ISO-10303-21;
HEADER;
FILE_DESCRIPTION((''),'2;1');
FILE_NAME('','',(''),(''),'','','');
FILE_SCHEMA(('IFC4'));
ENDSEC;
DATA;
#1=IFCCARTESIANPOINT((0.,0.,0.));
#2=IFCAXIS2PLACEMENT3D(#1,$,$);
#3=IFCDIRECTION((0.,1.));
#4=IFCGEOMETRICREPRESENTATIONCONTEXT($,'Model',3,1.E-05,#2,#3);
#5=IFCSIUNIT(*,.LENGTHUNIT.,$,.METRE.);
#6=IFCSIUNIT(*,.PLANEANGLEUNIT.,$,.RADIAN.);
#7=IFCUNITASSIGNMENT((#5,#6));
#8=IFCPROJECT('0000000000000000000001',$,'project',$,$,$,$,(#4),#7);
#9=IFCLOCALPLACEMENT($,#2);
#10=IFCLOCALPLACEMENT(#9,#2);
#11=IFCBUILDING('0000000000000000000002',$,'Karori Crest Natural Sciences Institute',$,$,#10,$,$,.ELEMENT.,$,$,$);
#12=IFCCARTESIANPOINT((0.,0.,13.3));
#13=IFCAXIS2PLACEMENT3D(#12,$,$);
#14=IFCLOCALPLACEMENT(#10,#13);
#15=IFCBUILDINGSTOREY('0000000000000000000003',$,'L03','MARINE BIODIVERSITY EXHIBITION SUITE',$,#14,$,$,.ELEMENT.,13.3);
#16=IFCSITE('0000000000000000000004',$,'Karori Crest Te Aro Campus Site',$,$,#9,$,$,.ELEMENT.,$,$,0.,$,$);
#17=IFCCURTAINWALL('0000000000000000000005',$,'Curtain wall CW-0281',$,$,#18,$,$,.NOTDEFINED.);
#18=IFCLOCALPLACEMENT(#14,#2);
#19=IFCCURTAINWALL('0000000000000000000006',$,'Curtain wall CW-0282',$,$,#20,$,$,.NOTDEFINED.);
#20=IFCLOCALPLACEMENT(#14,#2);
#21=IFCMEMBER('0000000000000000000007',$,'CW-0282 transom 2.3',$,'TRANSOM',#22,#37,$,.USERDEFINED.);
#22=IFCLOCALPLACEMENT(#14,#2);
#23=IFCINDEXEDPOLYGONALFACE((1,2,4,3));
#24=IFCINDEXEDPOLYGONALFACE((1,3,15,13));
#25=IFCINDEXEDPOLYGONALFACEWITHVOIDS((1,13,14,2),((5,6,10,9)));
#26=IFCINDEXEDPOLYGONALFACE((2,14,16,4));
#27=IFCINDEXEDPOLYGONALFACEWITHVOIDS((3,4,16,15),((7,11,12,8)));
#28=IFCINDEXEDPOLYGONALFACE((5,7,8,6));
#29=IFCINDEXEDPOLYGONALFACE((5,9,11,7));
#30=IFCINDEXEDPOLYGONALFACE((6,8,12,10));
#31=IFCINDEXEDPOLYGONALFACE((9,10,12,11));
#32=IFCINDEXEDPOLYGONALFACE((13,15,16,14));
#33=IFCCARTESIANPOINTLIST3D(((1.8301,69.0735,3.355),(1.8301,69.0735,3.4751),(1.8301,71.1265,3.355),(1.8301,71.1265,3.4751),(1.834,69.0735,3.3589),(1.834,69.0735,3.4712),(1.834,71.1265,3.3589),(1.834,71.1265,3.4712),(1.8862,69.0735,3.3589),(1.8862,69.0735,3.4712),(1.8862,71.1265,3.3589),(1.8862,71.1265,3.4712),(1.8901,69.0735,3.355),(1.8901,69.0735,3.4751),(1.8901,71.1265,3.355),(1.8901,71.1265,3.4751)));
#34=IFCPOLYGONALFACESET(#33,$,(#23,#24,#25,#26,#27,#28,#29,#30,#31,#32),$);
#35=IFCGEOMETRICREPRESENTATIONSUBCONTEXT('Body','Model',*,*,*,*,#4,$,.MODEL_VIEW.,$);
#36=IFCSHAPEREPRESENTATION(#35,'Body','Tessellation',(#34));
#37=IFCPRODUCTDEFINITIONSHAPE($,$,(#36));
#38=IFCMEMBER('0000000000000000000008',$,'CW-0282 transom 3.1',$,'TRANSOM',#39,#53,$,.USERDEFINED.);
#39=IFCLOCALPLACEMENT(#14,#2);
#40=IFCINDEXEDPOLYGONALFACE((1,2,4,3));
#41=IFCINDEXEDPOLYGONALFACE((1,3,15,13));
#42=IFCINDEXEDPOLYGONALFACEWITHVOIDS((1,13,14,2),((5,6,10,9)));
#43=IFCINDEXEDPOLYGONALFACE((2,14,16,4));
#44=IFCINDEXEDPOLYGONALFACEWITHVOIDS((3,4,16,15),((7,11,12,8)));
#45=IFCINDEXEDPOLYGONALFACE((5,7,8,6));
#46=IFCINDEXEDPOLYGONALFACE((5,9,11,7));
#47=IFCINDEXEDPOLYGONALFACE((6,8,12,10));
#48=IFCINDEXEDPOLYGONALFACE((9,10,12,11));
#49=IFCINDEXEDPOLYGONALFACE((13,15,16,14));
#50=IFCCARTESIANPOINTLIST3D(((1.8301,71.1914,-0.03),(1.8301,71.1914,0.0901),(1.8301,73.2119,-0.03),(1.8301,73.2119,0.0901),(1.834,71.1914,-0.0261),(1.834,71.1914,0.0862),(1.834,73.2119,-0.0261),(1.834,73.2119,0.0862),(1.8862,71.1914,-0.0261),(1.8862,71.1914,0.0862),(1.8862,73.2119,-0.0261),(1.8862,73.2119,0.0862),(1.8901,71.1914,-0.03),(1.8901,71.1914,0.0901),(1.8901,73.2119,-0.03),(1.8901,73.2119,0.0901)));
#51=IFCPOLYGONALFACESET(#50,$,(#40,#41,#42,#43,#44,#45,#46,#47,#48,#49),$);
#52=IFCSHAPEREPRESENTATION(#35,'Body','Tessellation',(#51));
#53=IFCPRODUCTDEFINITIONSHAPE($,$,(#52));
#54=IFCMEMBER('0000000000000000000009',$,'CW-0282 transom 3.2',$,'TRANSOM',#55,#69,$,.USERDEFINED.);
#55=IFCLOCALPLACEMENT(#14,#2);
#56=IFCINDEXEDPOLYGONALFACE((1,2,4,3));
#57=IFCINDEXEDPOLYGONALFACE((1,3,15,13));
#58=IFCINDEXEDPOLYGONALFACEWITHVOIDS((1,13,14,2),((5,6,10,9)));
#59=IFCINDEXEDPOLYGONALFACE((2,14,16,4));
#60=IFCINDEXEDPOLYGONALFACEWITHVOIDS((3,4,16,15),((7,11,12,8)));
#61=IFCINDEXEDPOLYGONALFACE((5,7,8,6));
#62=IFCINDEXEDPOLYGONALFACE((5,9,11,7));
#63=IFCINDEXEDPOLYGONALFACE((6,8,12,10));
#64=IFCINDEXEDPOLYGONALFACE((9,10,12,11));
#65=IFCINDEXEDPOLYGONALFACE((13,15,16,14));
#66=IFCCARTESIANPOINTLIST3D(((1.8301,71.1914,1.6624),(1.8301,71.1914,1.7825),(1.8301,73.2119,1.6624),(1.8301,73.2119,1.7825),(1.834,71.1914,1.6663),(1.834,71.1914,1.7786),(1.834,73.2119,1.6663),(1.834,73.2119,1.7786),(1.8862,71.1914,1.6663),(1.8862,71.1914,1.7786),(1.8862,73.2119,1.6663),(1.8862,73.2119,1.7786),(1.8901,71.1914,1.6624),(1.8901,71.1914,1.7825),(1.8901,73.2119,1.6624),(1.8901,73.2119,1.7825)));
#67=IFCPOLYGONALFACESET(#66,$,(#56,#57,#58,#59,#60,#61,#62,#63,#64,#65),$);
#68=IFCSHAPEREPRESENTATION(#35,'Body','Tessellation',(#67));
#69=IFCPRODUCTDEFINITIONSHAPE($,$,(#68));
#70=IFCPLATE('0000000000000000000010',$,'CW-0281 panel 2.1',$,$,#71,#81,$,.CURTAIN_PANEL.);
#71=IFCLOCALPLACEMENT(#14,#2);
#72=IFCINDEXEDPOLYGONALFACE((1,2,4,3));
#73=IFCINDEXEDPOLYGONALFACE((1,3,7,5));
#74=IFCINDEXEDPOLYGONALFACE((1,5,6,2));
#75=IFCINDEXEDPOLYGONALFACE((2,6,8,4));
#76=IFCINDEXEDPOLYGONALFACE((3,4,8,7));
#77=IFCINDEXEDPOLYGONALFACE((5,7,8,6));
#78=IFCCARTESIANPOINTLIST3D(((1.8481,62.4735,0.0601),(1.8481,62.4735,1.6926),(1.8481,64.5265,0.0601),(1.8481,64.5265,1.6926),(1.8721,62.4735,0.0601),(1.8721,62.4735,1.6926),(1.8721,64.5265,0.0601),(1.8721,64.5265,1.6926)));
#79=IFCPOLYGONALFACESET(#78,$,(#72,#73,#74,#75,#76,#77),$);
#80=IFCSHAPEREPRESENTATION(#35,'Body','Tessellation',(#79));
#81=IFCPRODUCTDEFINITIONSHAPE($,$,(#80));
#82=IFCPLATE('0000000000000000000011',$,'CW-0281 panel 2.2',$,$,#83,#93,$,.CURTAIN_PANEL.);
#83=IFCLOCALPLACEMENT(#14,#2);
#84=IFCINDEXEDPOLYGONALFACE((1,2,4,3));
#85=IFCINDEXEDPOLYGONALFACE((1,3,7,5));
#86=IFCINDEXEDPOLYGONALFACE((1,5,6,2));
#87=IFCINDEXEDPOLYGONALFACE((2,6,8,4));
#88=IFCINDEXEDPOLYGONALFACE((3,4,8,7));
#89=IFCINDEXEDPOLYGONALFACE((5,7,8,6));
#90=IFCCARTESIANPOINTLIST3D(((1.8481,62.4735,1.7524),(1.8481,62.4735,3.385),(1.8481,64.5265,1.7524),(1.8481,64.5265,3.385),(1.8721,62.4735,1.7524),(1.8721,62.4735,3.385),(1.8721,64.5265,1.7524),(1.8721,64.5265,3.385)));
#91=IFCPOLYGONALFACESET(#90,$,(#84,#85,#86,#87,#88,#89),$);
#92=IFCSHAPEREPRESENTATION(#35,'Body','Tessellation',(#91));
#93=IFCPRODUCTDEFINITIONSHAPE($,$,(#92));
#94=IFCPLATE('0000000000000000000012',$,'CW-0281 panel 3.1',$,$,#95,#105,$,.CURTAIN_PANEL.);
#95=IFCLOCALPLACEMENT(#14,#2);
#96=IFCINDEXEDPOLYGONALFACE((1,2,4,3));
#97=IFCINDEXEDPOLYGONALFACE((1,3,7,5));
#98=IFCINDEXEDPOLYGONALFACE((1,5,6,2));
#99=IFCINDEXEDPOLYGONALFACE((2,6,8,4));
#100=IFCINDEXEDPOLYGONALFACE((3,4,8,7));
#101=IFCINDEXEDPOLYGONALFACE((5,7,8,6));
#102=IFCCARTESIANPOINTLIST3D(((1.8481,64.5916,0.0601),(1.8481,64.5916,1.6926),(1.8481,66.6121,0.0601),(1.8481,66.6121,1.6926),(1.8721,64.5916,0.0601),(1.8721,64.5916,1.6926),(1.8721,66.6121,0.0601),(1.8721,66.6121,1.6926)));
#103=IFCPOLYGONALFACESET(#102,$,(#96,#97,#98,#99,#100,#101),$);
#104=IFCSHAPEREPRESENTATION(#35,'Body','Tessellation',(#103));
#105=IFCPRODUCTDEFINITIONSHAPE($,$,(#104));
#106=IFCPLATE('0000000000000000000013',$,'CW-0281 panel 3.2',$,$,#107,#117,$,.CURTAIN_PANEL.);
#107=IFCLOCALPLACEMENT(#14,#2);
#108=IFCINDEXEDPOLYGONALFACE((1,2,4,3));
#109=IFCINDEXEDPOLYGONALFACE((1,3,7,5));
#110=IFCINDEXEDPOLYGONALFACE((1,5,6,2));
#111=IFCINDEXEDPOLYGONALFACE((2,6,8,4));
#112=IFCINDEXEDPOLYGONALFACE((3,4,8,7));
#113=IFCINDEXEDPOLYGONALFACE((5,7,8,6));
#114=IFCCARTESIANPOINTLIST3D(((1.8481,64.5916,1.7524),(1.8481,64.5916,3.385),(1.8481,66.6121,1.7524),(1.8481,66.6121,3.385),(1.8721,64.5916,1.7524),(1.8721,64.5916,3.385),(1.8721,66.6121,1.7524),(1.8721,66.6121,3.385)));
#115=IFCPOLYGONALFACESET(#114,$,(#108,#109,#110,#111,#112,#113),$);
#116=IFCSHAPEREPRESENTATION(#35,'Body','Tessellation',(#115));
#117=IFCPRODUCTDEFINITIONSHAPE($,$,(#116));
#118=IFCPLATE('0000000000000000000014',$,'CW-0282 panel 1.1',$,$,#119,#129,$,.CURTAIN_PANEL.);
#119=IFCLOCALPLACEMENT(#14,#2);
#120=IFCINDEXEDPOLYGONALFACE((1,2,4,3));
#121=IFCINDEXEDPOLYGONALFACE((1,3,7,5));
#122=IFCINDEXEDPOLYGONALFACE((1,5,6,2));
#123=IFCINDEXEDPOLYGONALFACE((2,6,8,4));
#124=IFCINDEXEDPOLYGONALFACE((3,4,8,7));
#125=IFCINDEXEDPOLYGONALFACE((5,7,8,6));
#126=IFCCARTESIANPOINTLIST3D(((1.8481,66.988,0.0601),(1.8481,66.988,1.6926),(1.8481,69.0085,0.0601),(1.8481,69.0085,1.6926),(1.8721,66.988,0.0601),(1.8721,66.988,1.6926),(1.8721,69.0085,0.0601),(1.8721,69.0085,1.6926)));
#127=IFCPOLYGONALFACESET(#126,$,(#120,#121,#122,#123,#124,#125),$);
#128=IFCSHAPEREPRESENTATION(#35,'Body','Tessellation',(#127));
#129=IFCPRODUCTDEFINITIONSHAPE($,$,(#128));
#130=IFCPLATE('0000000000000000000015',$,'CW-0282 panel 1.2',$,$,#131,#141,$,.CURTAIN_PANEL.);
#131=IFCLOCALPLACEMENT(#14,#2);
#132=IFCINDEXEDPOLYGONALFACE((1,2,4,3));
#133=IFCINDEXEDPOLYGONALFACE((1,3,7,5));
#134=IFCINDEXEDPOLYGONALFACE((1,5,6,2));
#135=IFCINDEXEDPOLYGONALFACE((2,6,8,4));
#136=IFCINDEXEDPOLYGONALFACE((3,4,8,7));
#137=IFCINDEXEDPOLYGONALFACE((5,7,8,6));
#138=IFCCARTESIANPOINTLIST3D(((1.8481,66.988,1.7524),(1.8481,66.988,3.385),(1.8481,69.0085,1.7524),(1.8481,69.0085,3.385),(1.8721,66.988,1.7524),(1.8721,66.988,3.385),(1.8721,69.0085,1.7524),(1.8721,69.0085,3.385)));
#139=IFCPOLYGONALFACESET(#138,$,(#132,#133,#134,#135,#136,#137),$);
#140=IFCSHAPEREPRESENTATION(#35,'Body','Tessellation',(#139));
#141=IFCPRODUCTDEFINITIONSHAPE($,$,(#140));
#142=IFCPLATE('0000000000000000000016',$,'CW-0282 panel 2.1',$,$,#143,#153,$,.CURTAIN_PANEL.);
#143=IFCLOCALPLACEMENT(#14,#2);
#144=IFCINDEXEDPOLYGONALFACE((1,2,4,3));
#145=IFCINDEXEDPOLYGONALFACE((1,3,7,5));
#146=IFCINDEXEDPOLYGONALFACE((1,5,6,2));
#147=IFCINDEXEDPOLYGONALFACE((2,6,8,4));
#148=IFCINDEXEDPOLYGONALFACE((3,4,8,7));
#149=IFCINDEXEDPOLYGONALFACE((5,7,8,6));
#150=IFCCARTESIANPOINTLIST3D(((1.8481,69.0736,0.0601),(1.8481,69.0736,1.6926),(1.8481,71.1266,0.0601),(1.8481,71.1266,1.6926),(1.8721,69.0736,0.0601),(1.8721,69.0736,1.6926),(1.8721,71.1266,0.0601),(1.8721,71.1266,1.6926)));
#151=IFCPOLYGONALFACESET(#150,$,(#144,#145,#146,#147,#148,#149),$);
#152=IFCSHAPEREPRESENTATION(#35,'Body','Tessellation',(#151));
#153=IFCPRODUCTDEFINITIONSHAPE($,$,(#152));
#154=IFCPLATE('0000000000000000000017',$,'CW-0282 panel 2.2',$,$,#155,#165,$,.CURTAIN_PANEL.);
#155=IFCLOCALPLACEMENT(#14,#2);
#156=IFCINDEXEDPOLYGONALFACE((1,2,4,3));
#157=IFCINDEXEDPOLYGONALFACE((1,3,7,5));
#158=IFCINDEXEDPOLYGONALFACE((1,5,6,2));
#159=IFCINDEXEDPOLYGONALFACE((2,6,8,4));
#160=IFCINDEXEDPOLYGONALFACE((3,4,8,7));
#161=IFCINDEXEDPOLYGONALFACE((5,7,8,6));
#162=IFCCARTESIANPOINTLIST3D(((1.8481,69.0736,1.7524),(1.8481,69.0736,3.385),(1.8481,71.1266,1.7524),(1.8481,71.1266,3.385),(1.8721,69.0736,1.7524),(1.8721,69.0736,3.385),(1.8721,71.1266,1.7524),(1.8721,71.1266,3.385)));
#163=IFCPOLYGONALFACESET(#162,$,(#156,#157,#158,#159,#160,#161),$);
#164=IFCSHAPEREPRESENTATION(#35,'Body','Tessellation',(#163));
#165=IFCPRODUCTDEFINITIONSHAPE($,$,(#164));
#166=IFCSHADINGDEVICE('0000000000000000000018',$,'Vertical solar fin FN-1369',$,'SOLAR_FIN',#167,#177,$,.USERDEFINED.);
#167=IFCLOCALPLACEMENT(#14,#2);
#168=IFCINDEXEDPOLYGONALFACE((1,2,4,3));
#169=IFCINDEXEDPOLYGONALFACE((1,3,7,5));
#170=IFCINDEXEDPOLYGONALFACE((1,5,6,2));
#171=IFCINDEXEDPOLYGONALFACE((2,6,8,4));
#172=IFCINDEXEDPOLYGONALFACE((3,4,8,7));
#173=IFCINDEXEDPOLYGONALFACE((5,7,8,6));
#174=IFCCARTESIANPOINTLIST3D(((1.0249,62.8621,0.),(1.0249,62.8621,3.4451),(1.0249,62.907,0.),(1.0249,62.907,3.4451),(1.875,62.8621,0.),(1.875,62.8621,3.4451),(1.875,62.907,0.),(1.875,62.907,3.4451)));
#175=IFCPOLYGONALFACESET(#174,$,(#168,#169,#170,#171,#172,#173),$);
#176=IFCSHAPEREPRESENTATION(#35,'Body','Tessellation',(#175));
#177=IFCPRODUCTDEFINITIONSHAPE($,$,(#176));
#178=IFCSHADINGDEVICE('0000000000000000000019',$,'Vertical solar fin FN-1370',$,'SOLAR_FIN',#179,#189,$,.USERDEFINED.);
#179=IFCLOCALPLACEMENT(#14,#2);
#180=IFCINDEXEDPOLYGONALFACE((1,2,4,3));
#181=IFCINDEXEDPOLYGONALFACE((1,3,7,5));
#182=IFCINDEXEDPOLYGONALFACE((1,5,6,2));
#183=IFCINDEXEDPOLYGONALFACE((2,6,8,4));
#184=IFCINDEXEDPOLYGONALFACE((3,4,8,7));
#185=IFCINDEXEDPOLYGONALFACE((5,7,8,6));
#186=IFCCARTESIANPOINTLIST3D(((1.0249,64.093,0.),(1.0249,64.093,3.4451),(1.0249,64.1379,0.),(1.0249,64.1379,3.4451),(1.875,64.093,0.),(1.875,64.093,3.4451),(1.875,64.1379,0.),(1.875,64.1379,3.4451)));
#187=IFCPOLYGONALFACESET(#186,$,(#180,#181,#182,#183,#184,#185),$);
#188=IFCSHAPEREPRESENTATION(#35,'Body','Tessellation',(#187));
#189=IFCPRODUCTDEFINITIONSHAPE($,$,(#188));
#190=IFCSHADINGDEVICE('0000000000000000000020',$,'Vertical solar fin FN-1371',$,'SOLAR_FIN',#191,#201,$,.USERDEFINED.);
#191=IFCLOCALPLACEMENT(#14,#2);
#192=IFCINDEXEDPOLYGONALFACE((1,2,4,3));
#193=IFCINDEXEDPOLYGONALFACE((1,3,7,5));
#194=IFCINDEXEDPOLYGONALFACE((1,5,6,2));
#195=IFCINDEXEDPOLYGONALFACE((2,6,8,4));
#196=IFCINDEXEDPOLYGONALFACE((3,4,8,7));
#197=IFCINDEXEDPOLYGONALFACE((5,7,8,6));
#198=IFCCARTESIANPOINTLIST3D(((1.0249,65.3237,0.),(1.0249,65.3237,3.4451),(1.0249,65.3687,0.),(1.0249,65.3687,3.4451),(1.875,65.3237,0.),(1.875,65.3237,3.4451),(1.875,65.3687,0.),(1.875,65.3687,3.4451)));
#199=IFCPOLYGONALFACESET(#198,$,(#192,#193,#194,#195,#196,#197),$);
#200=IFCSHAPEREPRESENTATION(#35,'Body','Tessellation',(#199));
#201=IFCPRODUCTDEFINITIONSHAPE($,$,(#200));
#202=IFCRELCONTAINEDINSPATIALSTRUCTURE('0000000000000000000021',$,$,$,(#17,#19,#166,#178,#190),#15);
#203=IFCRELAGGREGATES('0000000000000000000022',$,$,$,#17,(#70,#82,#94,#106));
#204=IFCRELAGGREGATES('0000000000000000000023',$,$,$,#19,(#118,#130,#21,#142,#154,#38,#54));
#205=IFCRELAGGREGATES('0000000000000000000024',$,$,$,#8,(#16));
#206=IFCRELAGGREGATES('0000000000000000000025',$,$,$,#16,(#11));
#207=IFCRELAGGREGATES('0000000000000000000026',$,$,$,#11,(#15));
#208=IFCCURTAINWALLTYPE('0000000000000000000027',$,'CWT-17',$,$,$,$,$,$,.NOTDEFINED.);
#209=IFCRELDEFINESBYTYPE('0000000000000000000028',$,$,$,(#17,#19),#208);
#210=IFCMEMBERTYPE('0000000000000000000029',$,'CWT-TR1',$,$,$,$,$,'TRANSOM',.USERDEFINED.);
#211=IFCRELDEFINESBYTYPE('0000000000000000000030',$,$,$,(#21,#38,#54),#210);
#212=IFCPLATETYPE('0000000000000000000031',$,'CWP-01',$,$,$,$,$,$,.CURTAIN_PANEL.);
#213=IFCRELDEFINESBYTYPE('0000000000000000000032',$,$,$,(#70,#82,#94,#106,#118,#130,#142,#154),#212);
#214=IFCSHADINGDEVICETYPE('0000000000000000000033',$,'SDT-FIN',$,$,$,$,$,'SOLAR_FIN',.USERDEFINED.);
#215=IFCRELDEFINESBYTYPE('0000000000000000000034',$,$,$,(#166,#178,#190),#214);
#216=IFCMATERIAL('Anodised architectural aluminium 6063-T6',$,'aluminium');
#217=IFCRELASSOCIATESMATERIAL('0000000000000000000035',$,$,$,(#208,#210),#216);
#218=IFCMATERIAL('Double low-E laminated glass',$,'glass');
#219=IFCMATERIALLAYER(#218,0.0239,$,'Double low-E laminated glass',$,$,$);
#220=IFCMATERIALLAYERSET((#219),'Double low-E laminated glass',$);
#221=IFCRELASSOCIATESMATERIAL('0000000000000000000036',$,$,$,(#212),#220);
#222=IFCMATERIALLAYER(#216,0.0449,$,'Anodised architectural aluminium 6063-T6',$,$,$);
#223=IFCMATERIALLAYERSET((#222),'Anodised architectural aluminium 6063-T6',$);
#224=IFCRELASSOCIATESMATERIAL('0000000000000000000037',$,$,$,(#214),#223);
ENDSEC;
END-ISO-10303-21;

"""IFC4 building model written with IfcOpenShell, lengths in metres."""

from ifc_helpers import new_model, si_unit, direction, frame, origin, origin_2d, place, context, subcontext, project, spatial, rectangle, hollow_rectangle, extrude, material, layer, layer_set, material_profile, profile_set, type_object, element, aggregate, save


model = new_model("IFC4")

# Units and contexts
model_context = context("Model", 3, precision=1e-05, world=origin(), true_north=direction((0.0, 1.0)))
body_context = subcontext(model_context, "Body", "Model", "MODEL_VIEW")
ifc_project = project(units=[si_unit("LENGTHUNIT", "METRE"), si_unit("PLANEANGLEUNIT", "RADIAN")], contexts=[model_context])

# Site, building, storey
site_placement = place(None, origin())
site = spatial("IfcSite", under=ifc_project, at=site_placement, Name="Karori Crest Te Aro Campus Site", CompositionType="ELEMENT", RefElevation=0.0)
building_placement = place(site_placement, origin())
building = spatial("IfcBuilding", under=site, at=building_placement, Name="Karori Crest Natural Sciences Institute", CompositionType="ELEMENT")
storey_placement = place(building_placement, frame((0.0, 0.0, 13.3)))
storey = spatial("IfcBuildingStorey", under=building, at=storey_placement, Name="L03", Description="MARINE BIODIVERSITY EXHIBITION SUITE", CompositionType="ELEMENT", Elevation=13.3)

# Curtain walls
ifc_material_1 = material(Name="Anodised architectural aluminium 6063-T6", Category="aluminium")
curtain_wall_type = type_object("IfcCurtainWallType", Name="CWT-17", PredefinedType="NOTDEFINED", material=ifc_material_1)
curtain_wall_1_placement = place(storey_placement, origin())
curtain_wall_1 = element("IfcCurtainWall", 1, at=curtain_wall_1_placement, inside=storey, type_object=curtain_wall_type, Name="Curtain wall CW-0281", PredefinedType="NOTDEFINED")
curtain_wall_2_placement = place(storey_placement, origin())
curtain_wall_2 = element("IfcCurtainWall", 2, at=curtain_wall_2_placement, inside=storey, type_object=curtain_wall_type, Name="Curtain wall CW-0282", PredefinedType="NOTDEFINED")

# Members
ifc_material_profile_1 = material_profile(ifc_material_1, hollow_rectangle(XDim=0.0601, YDim=0.1201, WallThickness=0.0039, at=origin_2d()), Name="CWT120x60x4")
ifc_profile_set_1 = profile_set([ifc_material_profile_1], Name="Anodised architectural aluminium 6063-T6")
member_type_1 = type_object("IfcMemberType", Name="CWT-TR1", ElementType="TRANSOM", PredefinedType="USERDEFINED", material=ifc_profile_set_1)
member_1_placement = place(storey_placement, frame((1.8601, 69.0735, 3.415), z_axis=(0.0, 1.0, 0.0), x_axis=(-1.0, 0.0, 0.0)))
member_1 = element("IfcMember", 3, at=member_1_placement, type_object=member_type_1, Name="CW-0282 transom 2.3", ObjectType="TRANSOM", PredefinedType="USERDEFINED", context=body_context, shape_type="SweptSolid", body=[
    extrude(hollow_rectangle(XDim=0.0601, YDim=0.1201, WallThickness=0.0039, at=origin_2d()), origin(), (0.0, 0.0, 1.0), 2.053),
])
member_2_placement = place(storey_placement, frame((1.8601, 71.1914, 0.03), z_axis=(0.0, 1.0, 0.0), x_axis=(-1.0, 0.0, 0.0)))
member_2 = element("IfcMember", 4, at=member_2_placement, type_object=member_type_1, Name="CW-0282 transom 3.1", ObjectType="TRANSOM", PredefinedType="USERDEFINED", context=body_context, shape_type="SweptSolid", body=[
    extrude(hollow_rectangle(XDim=0.0601, YDim=0.1201, WallThickness=0.0039, at=origin_2d()), origin(), (0.0, 0.0, 1.0), 2.0205),
])
member_3_placement = place(storey_placement, frame((1.8601, 71.1914, 1.7224), z_axis=(0.0, 1.0, 0.0), x_axis=(-1.0, 0.0, 0.0)))
member_3 = element("IfcMember", 5, at=member_3_placement, type_object=member_type_1, Name="CW-0282 transom 3.2", ObjectType="TRANSOM", PredefinedType="USERDEFINED", context=body_context, shape_type="SweptSolid", body=[
    extrude(hollow_rectangle(XDim=0.0601, YDim=0.1201, WallThickness=0.0039, at=origin_2d()), origin(), (0.0, 0.0, 1.0), 2.0205),
])

# Plates
ifc_material_2 = material(Name="Double low-E laminated glass", Category="glass")
ifc_layer_1 = layer(ifc_material_2, 0.0239, Name="Double low-E laminated glass")
ifc_layer_set_1 = layer_set([ifc_layer_1], Name="Double low-E laminated glass")
plate_type = type_object("IfcPlateType", Name="CWP-01", PredefinedType="CURTAIN_PANEL", material=ifc_layer_set_1)
plate_1_placement = place(storey_placement, frame((1.8601, 63.5, 0.0601), z_axis=(0.0, 0.0, 1.0), x_axis=(0.0, 1.0, 0.0)))
plate_1 = element("IfcPlate", 6, at=plate_1_placement, type_object=plate_type, Name="CW-0281 panel 2.1", PredefinedType="CURTAIN_PANEL", context=body_context, shape_type="SweptSolid", body=[
    extrude(rectangle(XDim=2.053, YDim=0.0239, at=origin_2d()), origin(), (0.0, 0.0, 1.0), 1.6326),
])
plate_2_placement = place(storey_placement, frame((1.8601, 63.5, 1.7524), z_axis=(0.0, 0.0, 1.0), x_axis=(0.0, 1.0, 0.0)))
plate_2 = element("IfcPlate", 7, at=plate_2_placement, type_object=plate_type, Name="CW-0281 panel 2.2", PredefinedType="CURTAIN_PANEL", context=body_context, shape_type="SweptSolid", body=[
    extrude(rectangle(XDim=2.053, YDim=0.0239, at=origin_2d()), origin(), (0.0, 0.0, 1.0), 1.6326),
])
plate_3_placement = place(storey_placement, frame((1.8601, 65.6018, 0.0601), z_axis=(0.0, 0.0, 1.0), x_axis=(0.0, 1.0, 0.0)))
plate_3 = element("IfcPlate", 8, at=plate_3_placement, type_object=plate_type, Name="CW-0281 panel 3.1", PredefinedType="CURTAIN_PANEL", context=body_context, shape_type="SweptSolid", body=[
    extrude(rectangle(XDim=2.0205, YDim=0.0239, at=origin_2d()), origin(), (0.0, 0.0, 1.0), 1.6326),
])
plate_4_placement = place(storey_placement, frame((1.8601, 65.6018, 1.7524), z_axis=(0.0, 0.0, 1.0), x_axis=(0.0, 1.0, 0.0)))
plate_4 = element("IfcPlate", 9, at=plate_4_placement, type_object=plate_type, Name="CW-0281 panel 3.2", PredefinedType="CURTAIN_PANEL", context=body_context, shape_type="SweptSolid", body=[
    extrude(rectangle(XDim=2.0205, YDim=0.0239, at=origin_2d()), origin(), (0.0, 0.0, 1.0), 1.6326),
])
aggregate(curtain_wall_1, [plate_1, plate_2, plate_3, plate_4])
plate_5_placement = place(storey_placement, frame((1.8601, 67.9983, 0.0601), z_axis=(0.0, 0.0, 1.0), x_axis=(0.0, 1.0, 0.0)))
plate_5 = element("IfcPlate", 10, at=plate_5_placement, type_object=plate_type, Name="CW-0282 panel 1.1", PredefinedType="CURTAIN_PANEL", context=body_context, shape_type="SweptSolid", body=[
    extrude(rectangle(XDim=2.0205, YDim=0.0239, at=origin_2d()), origin(), (0.0, 0.0, 1.0), 1.6326),
])
plate_6_placement = place(storey_placement, frame((1.8601, 67.9983, 1.7524), z_axis=(0.0, 0.0, 1.0), x_axis=(0.0, 1.0, 0.0)))
plate_6 = element("IfcPlate", 11, at=plate_6_placement, type_object=plate_type, Name="CW-0282 panel 1.2", PredefinedType="CURTAIN_PANEL", context=body_context, shape_type="SweptSolid", body=[
    extrude(rectangle(XDim=2.0205, YDim=0.0239, at=origin_2d()), origin(), (0.0, 0.0, 1.0), 1.6326),
])
plate_7_placement = place(storey_placement, frame((1.8601, 70.1001, 0.0601), z_axis=(0.0, 0.0, 1.0), x_axis=(0.0, 1.0, 0.0)))
plate_7 = element("IfcPlate", 12, at=plate_7_placement, type_object=plate_type, Name="CW-0282 panel 2.1", PredefinedType="CURTAIN_PANEL", context=body_context, shape_type="SweptSolid", body=[
    extrude(rectangle(XDim=2.053, YDim=0.0239, at=origin_2d()), origin(), (0.0, 0.0, 1.0), 1.6326),
])
plate_8_placement = place(storey_placement, frame((1.8601, 70.1001, 1.7524), z_axis=(0.0, 0.0, 1.0), x_axis=(0.0, 1.0, 0.0)))
plate_8 = element("IfcPlate", 13, at=plate_8_placement, type_object=plate_type, Name="CW-0282 panel 2.2", PredefinedType="CURTAIN_PANEL", context=body_context, shape_type="SweptSolid", body=[
    extrude(rectangle(XDim=2.053, YDim=0.0239, at=origin_2d()), origin(), (0.0, 0.0, 1.0), 1.6326),
])
aggregate(curtain_wall_2, [plate_5, plate_6, member_1, plate_7, plate_8, member_2, member_3])

# Shading devices
ifc_layer_2 = layer(ifc_material_1, 0.0449, Name="Anodised architectural aluminium 6063-T6")
ifc_layer_set_2 = layer_set([ifc_layer_2], Name="Anodised architectural aluminium 6063-T6")
shading_device_type = type_object("IfcShadingDeviceType", Name="SDT-FIN", ElementType="SOLAR_FIN", PredefinedType="USERDEFINED", material=ifc_layer_set_2)
for number, where, z_axis, x_axis, name in (
    (14, (1.45, 62.8845, 0.0), (0.0, 0.0, 1.0), (-1.0, 0.0, 0.0), "Vertical solar fin FN-1369"),
    (15, (1.45, 64.1155, 0.0), (0.0, 0.0, 1.0), (-1.0, 0.0, 0.0), "Vertical solar fin FN-1370"),
    (16, (1.45, 65.3462, 0.0), (0.0, 0.0, 1.0), (-1.0, 0.0, 0.0), "Vertical solar fin FN-1371"),
):
    element("IfcShadingDevice", number, at=place(storey_placement, frame(where, z_axis=z_axis, x_axis=x_axis)), inside=storey, type_object=shading_device_type, Name=name, ObjectType="SOLAR_FIN", PredefinedType="USERDEFINED", context=body_context, shape_type="SweptSolid", body=[
        extrude(rectangle(XDim=0.8501, YDim=0.0449, at=origin_2d()), origin(), (0.0, 0.0, 1.0), 3.4451),
    ])

save(model, "model.ifc")
